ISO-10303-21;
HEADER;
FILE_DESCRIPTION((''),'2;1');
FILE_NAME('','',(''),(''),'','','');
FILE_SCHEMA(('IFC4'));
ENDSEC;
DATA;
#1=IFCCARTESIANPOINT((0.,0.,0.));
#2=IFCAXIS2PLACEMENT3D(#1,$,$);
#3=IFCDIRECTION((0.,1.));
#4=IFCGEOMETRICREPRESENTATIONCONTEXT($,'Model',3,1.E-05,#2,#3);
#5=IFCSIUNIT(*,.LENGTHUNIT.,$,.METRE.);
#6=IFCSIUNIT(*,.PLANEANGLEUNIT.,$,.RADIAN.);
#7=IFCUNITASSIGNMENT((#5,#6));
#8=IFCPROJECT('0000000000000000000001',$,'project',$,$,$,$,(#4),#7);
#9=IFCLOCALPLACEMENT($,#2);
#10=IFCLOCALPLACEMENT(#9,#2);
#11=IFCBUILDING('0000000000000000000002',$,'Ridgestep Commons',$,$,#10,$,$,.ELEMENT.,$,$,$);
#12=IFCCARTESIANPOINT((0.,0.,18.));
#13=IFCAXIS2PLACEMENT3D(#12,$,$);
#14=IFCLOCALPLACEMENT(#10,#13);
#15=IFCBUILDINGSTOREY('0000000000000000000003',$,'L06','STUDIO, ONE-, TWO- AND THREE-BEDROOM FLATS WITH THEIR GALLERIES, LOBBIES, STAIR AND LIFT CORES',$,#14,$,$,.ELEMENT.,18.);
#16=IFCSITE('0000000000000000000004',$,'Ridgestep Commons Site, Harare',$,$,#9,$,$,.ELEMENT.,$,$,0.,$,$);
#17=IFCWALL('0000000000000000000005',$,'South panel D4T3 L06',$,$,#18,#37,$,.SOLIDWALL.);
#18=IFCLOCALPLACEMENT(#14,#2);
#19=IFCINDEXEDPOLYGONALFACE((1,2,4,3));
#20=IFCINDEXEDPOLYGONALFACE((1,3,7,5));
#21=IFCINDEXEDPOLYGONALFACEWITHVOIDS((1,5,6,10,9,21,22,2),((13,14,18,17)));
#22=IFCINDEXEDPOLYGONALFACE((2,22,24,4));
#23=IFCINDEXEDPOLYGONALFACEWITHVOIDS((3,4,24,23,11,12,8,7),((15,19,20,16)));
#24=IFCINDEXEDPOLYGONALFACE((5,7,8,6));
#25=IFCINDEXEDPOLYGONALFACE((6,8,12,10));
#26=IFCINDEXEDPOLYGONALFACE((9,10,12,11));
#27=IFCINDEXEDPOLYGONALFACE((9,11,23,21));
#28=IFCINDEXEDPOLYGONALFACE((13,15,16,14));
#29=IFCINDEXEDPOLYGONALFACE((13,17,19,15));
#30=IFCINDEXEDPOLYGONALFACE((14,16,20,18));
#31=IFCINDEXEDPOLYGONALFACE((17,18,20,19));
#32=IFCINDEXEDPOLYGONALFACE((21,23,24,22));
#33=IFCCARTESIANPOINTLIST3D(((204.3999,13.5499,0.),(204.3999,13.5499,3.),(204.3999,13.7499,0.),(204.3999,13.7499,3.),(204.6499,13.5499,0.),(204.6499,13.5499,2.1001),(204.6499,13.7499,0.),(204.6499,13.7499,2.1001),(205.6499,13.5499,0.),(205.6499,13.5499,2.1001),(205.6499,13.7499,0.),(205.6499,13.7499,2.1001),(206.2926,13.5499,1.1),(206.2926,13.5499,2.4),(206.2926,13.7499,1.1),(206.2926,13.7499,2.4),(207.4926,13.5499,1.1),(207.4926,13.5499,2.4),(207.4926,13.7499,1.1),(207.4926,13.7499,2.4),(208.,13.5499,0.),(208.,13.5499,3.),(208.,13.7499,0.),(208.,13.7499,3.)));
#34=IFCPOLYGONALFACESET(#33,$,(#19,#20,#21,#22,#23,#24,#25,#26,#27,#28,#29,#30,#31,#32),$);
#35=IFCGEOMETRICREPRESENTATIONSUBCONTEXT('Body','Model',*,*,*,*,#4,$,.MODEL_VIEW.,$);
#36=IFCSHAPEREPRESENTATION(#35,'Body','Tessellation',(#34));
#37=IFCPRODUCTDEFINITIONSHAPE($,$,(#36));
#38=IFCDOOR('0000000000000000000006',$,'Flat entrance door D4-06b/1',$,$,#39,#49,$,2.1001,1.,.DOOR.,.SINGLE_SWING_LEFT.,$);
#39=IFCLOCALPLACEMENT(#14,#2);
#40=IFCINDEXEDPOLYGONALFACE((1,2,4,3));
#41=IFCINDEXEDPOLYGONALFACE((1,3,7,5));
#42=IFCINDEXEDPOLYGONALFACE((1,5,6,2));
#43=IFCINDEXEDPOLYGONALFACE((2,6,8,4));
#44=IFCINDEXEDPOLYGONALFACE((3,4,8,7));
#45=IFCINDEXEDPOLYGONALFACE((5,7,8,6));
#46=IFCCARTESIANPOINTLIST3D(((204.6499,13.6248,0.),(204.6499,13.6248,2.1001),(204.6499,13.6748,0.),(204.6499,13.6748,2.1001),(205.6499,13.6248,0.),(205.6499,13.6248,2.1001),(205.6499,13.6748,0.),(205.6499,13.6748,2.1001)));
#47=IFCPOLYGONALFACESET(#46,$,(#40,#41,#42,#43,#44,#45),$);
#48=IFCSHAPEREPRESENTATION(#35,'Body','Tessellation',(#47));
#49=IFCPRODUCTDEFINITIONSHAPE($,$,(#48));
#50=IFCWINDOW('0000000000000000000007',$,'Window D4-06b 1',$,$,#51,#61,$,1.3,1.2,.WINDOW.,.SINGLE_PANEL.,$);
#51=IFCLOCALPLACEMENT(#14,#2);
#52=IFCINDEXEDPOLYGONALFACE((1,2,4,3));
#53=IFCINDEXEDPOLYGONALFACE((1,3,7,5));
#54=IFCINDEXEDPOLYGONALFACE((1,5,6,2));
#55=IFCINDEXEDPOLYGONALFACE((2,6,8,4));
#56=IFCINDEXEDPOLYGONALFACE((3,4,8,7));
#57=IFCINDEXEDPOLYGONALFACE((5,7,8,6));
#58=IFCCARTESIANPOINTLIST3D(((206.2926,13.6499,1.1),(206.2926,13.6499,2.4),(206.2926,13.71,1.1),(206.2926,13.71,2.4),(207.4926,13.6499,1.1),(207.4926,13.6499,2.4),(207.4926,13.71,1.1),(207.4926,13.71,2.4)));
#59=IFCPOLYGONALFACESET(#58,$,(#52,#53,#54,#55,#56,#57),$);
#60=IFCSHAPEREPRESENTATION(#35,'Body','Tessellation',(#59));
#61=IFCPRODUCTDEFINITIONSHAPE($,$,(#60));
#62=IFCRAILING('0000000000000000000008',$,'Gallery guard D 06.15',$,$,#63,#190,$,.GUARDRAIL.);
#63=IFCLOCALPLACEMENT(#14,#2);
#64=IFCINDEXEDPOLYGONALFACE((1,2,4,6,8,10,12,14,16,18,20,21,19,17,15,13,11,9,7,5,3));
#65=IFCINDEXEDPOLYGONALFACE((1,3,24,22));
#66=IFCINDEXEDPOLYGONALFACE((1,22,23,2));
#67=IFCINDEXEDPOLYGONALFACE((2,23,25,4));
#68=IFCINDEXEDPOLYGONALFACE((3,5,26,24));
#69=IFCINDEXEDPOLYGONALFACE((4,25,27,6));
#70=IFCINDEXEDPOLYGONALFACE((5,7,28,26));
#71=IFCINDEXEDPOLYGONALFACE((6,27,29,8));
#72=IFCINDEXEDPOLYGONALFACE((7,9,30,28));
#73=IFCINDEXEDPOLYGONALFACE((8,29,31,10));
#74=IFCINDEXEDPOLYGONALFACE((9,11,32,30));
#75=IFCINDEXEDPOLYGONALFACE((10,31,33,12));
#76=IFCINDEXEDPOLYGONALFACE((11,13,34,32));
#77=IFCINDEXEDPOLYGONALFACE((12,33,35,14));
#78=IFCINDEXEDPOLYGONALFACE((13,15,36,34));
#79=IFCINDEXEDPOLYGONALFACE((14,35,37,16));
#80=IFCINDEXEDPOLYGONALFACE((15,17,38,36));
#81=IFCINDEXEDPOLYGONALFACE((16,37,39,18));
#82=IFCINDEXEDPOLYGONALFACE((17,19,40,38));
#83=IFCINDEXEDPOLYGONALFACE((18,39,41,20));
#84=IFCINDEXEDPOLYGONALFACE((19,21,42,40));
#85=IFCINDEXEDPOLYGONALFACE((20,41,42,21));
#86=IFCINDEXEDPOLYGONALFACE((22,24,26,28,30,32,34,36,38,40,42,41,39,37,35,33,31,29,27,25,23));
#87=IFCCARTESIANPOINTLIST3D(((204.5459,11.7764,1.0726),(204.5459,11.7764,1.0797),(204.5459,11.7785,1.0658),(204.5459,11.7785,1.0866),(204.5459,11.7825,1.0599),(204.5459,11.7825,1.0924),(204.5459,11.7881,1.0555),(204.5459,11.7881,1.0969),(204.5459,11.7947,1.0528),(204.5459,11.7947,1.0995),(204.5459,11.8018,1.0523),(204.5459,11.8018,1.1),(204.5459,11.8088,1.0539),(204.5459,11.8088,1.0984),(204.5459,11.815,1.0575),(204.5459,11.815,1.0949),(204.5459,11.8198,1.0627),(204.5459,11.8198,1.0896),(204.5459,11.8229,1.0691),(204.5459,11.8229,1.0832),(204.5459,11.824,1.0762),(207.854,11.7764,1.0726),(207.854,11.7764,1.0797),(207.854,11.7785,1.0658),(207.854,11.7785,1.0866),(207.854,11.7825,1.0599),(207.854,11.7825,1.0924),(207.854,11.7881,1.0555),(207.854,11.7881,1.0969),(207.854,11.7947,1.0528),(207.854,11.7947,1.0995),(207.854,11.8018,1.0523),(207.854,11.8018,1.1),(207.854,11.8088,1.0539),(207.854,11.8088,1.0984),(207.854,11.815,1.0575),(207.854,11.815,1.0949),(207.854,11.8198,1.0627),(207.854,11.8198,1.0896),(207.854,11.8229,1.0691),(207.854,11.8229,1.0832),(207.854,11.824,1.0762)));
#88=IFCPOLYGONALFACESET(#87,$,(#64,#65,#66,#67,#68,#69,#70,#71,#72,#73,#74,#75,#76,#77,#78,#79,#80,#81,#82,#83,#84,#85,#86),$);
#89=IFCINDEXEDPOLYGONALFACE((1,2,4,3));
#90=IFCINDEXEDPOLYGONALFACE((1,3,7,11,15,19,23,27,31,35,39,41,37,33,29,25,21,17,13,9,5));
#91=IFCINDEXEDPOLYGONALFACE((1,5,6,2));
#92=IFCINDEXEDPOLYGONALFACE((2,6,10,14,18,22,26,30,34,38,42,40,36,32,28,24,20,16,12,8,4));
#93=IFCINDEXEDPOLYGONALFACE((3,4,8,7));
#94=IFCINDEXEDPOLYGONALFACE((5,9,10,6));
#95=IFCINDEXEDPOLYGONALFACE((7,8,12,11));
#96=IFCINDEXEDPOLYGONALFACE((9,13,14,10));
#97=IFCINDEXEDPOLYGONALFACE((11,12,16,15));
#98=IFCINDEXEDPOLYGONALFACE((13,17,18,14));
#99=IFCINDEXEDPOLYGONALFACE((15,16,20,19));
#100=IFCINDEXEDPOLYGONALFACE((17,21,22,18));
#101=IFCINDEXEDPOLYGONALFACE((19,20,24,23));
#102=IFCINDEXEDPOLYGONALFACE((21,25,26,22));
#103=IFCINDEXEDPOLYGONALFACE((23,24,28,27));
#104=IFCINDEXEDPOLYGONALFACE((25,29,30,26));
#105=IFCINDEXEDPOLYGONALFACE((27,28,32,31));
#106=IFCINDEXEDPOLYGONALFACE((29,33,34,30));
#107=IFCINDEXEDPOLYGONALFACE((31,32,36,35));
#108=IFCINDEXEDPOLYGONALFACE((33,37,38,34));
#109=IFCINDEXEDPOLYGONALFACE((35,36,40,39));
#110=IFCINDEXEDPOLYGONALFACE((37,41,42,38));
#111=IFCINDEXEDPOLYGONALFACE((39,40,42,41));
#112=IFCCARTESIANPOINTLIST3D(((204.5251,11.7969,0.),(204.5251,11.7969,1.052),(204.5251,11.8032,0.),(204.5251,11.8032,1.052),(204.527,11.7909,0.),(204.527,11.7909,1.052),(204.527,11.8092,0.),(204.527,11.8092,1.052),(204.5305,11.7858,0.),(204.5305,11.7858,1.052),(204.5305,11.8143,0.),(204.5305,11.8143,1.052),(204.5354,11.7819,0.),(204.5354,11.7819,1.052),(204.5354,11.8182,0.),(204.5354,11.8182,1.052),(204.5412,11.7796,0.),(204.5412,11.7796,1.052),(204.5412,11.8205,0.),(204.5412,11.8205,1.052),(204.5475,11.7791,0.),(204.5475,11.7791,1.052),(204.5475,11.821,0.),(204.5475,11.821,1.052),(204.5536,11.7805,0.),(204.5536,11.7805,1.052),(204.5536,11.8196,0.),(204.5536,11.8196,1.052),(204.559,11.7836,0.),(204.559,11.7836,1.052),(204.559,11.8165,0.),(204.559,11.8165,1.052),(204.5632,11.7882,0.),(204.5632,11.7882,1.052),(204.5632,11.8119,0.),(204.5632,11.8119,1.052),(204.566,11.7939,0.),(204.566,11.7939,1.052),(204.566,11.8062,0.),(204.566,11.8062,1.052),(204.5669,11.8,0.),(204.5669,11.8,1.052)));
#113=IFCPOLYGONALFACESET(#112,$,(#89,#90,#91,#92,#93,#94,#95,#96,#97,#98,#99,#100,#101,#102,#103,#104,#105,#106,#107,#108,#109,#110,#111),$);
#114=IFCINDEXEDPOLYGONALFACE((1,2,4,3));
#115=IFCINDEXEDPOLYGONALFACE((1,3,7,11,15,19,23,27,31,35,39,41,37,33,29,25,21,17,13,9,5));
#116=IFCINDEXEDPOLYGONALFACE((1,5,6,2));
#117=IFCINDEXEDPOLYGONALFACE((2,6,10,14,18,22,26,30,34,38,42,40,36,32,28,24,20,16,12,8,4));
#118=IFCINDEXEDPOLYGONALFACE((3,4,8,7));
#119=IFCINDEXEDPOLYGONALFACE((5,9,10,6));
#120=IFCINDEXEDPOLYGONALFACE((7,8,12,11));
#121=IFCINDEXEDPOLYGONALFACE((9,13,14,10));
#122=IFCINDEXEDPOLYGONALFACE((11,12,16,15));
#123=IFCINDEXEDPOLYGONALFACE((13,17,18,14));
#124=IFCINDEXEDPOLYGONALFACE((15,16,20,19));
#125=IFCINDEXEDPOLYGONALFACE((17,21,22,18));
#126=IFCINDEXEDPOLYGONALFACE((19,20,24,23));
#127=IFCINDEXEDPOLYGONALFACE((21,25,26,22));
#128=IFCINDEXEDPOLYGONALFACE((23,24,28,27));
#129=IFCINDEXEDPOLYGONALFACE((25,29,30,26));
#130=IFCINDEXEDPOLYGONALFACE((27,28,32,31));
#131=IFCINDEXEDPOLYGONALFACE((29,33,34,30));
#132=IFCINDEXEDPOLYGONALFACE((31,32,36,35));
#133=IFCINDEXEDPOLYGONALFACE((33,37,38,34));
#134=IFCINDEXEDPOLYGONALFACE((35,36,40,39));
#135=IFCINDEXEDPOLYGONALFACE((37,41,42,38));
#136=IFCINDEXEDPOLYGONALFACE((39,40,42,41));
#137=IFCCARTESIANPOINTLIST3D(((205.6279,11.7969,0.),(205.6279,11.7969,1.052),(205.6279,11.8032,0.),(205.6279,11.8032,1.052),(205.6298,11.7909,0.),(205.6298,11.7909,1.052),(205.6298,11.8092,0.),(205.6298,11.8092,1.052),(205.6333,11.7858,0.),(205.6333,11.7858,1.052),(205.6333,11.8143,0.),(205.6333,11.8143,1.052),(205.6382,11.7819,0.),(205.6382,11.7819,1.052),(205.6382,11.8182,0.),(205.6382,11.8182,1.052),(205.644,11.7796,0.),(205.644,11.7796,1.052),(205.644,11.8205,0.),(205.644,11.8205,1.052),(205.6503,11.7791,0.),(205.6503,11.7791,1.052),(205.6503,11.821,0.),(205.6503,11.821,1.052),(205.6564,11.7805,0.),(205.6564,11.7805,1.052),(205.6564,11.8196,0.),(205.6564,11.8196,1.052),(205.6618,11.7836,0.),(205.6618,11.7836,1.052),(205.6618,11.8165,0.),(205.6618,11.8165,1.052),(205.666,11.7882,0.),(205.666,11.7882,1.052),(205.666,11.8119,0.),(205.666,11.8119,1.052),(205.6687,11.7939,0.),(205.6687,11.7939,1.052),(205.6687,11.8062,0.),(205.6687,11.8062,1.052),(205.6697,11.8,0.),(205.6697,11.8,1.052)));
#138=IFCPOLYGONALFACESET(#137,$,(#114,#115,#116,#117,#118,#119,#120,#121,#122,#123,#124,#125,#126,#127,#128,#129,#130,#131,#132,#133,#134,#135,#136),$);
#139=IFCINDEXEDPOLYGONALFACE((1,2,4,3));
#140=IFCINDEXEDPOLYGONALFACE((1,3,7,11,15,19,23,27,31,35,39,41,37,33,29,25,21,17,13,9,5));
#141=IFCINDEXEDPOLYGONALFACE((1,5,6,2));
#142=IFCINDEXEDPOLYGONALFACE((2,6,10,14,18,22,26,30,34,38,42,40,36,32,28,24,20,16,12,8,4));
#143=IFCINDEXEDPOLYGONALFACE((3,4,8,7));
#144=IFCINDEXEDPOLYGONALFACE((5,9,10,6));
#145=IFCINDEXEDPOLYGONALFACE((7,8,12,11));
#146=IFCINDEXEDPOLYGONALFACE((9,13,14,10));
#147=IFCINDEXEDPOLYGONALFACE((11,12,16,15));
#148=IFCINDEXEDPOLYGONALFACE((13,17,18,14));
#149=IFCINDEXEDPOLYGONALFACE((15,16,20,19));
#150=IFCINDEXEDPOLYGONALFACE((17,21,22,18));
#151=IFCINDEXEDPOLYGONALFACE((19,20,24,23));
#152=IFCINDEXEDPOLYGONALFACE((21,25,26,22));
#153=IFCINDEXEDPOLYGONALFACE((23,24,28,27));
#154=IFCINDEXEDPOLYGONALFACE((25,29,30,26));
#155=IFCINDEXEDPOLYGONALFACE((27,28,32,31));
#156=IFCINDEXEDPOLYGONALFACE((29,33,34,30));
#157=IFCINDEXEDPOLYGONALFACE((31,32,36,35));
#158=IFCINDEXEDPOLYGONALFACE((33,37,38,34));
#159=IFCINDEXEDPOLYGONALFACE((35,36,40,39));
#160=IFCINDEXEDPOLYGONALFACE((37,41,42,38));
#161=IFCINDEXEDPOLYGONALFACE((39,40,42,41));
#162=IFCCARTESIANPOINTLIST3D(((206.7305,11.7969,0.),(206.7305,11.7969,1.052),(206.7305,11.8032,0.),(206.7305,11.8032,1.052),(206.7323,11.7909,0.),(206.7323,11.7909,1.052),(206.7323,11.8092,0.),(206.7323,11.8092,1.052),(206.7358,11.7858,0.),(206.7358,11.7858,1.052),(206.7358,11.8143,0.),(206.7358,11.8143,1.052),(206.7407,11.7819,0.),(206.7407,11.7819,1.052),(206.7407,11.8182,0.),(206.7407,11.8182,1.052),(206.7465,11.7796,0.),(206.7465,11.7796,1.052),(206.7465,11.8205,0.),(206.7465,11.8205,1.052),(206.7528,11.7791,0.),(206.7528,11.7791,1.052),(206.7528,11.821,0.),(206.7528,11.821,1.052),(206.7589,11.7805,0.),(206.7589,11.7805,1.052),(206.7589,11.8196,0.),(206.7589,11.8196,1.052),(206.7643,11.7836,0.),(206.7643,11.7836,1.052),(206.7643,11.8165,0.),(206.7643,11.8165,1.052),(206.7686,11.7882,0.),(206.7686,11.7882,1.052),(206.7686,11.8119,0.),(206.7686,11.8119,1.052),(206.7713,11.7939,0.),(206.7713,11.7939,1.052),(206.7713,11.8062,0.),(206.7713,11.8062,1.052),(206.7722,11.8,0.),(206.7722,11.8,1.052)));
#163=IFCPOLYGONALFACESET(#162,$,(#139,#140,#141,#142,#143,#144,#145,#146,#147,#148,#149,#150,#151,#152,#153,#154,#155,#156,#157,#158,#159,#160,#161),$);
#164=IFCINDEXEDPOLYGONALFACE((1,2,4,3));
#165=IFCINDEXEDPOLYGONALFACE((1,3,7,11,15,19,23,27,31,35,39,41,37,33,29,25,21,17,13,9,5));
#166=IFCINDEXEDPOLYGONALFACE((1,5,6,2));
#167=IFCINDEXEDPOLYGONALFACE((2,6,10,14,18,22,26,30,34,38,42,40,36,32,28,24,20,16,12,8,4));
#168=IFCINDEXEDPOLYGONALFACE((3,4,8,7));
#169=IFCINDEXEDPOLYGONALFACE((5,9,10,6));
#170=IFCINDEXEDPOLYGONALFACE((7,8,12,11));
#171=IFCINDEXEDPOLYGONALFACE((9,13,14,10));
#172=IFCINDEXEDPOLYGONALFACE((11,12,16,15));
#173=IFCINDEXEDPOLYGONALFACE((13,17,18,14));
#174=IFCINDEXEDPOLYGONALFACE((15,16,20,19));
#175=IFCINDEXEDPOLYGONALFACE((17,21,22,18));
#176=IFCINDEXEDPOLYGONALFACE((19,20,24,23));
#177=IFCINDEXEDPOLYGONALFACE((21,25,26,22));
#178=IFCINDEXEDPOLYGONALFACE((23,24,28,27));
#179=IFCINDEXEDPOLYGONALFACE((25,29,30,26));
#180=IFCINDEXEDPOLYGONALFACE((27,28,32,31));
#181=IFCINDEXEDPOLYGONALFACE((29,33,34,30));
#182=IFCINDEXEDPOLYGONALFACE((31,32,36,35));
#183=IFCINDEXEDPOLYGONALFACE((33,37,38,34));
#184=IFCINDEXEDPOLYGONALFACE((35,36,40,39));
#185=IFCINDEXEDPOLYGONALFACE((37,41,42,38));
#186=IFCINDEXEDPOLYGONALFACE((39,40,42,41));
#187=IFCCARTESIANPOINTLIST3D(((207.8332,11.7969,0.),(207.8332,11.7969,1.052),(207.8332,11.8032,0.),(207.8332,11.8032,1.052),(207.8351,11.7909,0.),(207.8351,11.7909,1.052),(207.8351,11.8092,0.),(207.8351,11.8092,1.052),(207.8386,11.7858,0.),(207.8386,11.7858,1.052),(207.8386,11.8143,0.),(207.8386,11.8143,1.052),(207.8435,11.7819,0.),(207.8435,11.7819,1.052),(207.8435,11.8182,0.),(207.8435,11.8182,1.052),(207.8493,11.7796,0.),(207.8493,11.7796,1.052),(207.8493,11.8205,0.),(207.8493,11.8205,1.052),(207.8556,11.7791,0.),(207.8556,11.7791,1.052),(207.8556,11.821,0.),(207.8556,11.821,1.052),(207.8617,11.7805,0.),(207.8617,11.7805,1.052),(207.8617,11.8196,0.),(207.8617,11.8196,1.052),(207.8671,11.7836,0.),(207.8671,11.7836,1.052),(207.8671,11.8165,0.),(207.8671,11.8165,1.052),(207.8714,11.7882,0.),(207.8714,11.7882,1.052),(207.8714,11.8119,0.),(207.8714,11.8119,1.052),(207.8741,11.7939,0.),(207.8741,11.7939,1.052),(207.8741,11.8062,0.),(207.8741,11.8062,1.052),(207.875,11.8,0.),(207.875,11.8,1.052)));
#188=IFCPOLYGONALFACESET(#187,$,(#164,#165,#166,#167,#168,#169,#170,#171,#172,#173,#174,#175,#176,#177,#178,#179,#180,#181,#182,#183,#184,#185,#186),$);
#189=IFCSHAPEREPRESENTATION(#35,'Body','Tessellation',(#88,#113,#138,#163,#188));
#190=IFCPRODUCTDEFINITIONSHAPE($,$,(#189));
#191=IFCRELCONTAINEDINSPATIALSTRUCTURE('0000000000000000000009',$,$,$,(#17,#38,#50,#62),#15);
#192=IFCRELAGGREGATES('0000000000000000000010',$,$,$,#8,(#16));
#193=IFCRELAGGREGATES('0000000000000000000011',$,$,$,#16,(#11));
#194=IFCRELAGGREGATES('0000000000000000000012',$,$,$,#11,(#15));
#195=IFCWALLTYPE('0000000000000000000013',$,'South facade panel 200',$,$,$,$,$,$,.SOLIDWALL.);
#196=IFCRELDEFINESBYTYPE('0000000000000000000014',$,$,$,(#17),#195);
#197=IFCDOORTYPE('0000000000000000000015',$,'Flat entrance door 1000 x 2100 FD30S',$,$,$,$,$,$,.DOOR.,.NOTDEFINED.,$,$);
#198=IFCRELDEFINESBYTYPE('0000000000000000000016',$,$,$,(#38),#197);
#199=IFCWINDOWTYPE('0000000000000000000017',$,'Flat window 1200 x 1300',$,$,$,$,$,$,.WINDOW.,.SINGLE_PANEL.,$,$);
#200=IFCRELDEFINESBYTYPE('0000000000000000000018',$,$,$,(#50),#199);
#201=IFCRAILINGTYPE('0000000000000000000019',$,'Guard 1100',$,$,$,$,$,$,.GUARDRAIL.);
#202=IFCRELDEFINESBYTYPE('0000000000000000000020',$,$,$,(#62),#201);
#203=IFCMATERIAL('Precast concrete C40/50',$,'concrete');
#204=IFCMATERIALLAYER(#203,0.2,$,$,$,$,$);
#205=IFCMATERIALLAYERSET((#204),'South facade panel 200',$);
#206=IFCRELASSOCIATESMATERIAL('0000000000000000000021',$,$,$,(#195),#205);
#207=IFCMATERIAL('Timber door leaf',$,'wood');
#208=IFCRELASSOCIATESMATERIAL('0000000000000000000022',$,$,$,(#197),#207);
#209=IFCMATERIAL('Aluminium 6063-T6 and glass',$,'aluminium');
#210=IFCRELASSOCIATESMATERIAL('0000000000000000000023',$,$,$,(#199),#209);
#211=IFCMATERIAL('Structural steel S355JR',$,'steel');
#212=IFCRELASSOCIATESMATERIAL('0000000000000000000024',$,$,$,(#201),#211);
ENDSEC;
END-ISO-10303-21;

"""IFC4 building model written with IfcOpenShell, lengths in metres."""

from ifc_helpers import new_model, si_unit, direction, frame, frame_2d, origin, origin_2d, place, context, subcontext, project, spatial, rectangle, circle, extrude, material, layer, layer_set, type_object, element, fill, save


model = new_model("IFC4")

# Units and contexts
model_context = context("Model", 3, precision=1e-05, world=origin(), true_north=direction((0.0, 1.0)))
body_context = subcontext(model_context, "Body", "Model", "MODEL_VIEW")
ifc_project = project(units=[si_unit("LENGTHUNIT", "METRE"), si_unit("PLANEANGLEUNIT", "RADIAN")], contexts=[model_context])

# Site, building, storey
site_placement = place(None, origin())
site = spatial("IfcSite", under=ifc_project, at=site_placement, Name="Ridgestep Commons Site, Harare", CompositionType="ELEMENT", RefElevation=0.0)
building_placement = place(site_placement, origin())
building = spatial("IfcBuilding", under=site, at=building_placement, Name="Ridgestep Commons", CompositionType="ELEMENT")
storey_placement = place(building_placement, frame((0.0, 0.0, 18.0)))
storey = spatial("IfcBuildingStorey", under=building, at=storey_placement, Name="L06", Description="STUDIO, ONE-, TWO- AND THREE-BEDROOM FLATS WITH THEIR GALLERIES, LOBBIES, STAIR AND LIFT CORES", CompositionType="ELEMENT", Elevation=18.0)

# Wall, openings, door, window
ifc_material_1 = material(Name="Precast concrete C40/50", Category="concrete")
ifc_layer_1 = layer(ifc_material_1, 0.2)
ifc_layer_set_1 = layer_set([ifc_layer_1], Name="South facade panel 200")
wall_type_1 = type_object("IfcWallType", Name="South facade panel 200", PredefinedType="SOLIDWALL", material=ifc_layer_set_1)
wall_1_placement = place(storey_placement, frame((204.3999, 13.6499, 0.0), z_axis=(0.0, 0.0, 1.0), x_axis=(1.0, 0.0, 0.0)))
wall_1 = element("IfcWall", 1, at=wall_1_placement, inside=storey, type_object=wall_type_1, Name="South panel D4T3 L06", PredefinedType="SOLIDWALL", context=body_context, shape_type="SweptSolid", body=[
    extrude(rectangle(XDim=3.6001, YDim=0.2, at=frame_2d((1.8, 0.0))), origin(), (0.0, 0.0, 1.0), 3.0),
])
opening_1_placement = place(wall_1_placement, frame((1.8926, 0.0, 1.1001)))
opening_1 = element("IfcOpeningElement", 2, at=opening_1_placement, cuts=wall_1, PredefinedType="OPENING", context=body_context, shape_type="SweptSolid", body=[
    extrude(rectangle(XDim=1.2, YDim=1.3, at=frame_2d((0.6001, 0.6499))), frame((0.0, 0.1099, 0.0), z_axis=(0.0, -1.0, 0.0), x_axis=(1.0, 0.0, 0.0)), (0.0, 0.0, 1.0), 0.22),
])
opening_2_placement = place(wall_1_placement, frame((0.25, 0.0, 0.0)))
opening_2 = element("IfcOpeningElement", 3, at=opening_2_placement, cuts=wall_1, PredefinedType="OPENING", context=body_context, shape_type="SweptSolid", body=[
    extrude(rectangle(XDim=1.0, YDim=2.1001, at=frame_2d((0.5, 1.05))), frame((0.0, 0.1099, 0.0), z_axis=(0.0, -1.0, 0.0), x_axis=(1.0, 0.0, 0.0)), (0.0, 0.0, 1.0), 0.22),
])
ifc_material_2 = material(Name="Timber door leaf", Category="wood")
door_type_1 = type_object("IfcDoorType", Name="Flat entrance door 1000 x 2100 FD30S", OperationType="NOTDEFINED", PredefinedType="DOOR", material=ifc_material_2)
door_1_placement = place(opening_2_placement, origin())
door_1 = element("IfcDoor", 4, at=door_1_placement, inside=storey, type_object=door_type_1, Name="Flat entrance door D4-06b/1", OperationType="SINGLE_SWING_LEFT", OverallHeight=2.1001, OverallWidth=1.0, PredefinedType="DOOR", context=body_context, shape_type="SweptSolid", body=[
    extrude(rectangle(XDim=1.0, YDim=2.1001, at=frame_2d((0.5, 1.05))), frame((0.0, 0.0249, 0.0), z_axis=(0.0, -1.0, 0.0), x_axis=(1.0, 0.0, 0.0)), (0.0, 0.0, 1.0), 0.05),
])
fill(opening_2, door_1)
ifc_material_3 = material(Name="Aluminium 6063-T6 and glass", Category="aluminium")
window_type = type_object("IfcWindowType", Name="Flat window 1200 x 1300", PartitioningType="SINGLE_PANEL", PredefinedType="WINDOW", material=ifc_material_3)
window_placement = place(opening_1_placement, origin())
window = element("IfcWindow", 5, at=window_placement, inside=storey, type_object=window_type, Name="Window D4-06b 1", OverallHeight=1.3, OverallWidth=1.2, PartitioningType="SINGLE_PANEL", PredefinedType="WINDOW", context=body_context, shape_type="SweptSolid", body=[
    extrude(rectangle(XDim=1.2, YDim=1.3, at=frame_2d((0.6001, 0.6499))), frame((0.0, 0.0601, 0.0), z_axis=(0.0, -1.0, 0.0), x_axis=(1.0, 0.0, 0.0)), (0.0, 0.0, 1.0), 0.0601),
])
fill(opening_1, window)

# Railing
ifc_material_4 = material(Name="Structural steel S355JR", Category="steel")
railing_type = type_object("IfcRailingType", Name="Guard 1100", PredefinedType="GUARDRAIL", material=ifc_material_4)
railing_1_placement = place(storey_placement, frame((204.5459, 11.8, 0.0)))
element("IfcRailing", 6, at=railing_1_placement, inside=storey, type_object=railing_type, Name="Gallery guard D 06.15", PredefinedType="GUARDRAIL", context=body_context, shape_type="SweptSolid", body=[
    extrude(circle(Radius=0.0239, at=origin_2d()), frame((0.0, 0.0, 1.0762), z_axis=(1.0, 0.0, 0.0), x_axis=(0.0, 1.0, 0.0)), (0.0, 0.0, 1.0), 3.3081),
    extrude(circle(Radius=0.021, at=origin_2d()), origin(), (0.0, 0.0, 1.0), 1.052),
    extrude(circle(Radius=0.021, at=origin_2d()), frame((1.1028, 0.0, 0.0)), (0.0, 0.0, 1.0), 1.052),
    extrude(circle(Radius=0.021, at=origin_2d()), frame((2.2053, 0.0, 0.0)), (0.0, 0.0, 1.0), 1.052),
    extrude(circle(Radius=0.021, at=origin_2d()), frame((3.3081, 0.0, 0.0)), (0.0, 0.0, 1.0), 1.052),
])

save(model, "model.ifc")
